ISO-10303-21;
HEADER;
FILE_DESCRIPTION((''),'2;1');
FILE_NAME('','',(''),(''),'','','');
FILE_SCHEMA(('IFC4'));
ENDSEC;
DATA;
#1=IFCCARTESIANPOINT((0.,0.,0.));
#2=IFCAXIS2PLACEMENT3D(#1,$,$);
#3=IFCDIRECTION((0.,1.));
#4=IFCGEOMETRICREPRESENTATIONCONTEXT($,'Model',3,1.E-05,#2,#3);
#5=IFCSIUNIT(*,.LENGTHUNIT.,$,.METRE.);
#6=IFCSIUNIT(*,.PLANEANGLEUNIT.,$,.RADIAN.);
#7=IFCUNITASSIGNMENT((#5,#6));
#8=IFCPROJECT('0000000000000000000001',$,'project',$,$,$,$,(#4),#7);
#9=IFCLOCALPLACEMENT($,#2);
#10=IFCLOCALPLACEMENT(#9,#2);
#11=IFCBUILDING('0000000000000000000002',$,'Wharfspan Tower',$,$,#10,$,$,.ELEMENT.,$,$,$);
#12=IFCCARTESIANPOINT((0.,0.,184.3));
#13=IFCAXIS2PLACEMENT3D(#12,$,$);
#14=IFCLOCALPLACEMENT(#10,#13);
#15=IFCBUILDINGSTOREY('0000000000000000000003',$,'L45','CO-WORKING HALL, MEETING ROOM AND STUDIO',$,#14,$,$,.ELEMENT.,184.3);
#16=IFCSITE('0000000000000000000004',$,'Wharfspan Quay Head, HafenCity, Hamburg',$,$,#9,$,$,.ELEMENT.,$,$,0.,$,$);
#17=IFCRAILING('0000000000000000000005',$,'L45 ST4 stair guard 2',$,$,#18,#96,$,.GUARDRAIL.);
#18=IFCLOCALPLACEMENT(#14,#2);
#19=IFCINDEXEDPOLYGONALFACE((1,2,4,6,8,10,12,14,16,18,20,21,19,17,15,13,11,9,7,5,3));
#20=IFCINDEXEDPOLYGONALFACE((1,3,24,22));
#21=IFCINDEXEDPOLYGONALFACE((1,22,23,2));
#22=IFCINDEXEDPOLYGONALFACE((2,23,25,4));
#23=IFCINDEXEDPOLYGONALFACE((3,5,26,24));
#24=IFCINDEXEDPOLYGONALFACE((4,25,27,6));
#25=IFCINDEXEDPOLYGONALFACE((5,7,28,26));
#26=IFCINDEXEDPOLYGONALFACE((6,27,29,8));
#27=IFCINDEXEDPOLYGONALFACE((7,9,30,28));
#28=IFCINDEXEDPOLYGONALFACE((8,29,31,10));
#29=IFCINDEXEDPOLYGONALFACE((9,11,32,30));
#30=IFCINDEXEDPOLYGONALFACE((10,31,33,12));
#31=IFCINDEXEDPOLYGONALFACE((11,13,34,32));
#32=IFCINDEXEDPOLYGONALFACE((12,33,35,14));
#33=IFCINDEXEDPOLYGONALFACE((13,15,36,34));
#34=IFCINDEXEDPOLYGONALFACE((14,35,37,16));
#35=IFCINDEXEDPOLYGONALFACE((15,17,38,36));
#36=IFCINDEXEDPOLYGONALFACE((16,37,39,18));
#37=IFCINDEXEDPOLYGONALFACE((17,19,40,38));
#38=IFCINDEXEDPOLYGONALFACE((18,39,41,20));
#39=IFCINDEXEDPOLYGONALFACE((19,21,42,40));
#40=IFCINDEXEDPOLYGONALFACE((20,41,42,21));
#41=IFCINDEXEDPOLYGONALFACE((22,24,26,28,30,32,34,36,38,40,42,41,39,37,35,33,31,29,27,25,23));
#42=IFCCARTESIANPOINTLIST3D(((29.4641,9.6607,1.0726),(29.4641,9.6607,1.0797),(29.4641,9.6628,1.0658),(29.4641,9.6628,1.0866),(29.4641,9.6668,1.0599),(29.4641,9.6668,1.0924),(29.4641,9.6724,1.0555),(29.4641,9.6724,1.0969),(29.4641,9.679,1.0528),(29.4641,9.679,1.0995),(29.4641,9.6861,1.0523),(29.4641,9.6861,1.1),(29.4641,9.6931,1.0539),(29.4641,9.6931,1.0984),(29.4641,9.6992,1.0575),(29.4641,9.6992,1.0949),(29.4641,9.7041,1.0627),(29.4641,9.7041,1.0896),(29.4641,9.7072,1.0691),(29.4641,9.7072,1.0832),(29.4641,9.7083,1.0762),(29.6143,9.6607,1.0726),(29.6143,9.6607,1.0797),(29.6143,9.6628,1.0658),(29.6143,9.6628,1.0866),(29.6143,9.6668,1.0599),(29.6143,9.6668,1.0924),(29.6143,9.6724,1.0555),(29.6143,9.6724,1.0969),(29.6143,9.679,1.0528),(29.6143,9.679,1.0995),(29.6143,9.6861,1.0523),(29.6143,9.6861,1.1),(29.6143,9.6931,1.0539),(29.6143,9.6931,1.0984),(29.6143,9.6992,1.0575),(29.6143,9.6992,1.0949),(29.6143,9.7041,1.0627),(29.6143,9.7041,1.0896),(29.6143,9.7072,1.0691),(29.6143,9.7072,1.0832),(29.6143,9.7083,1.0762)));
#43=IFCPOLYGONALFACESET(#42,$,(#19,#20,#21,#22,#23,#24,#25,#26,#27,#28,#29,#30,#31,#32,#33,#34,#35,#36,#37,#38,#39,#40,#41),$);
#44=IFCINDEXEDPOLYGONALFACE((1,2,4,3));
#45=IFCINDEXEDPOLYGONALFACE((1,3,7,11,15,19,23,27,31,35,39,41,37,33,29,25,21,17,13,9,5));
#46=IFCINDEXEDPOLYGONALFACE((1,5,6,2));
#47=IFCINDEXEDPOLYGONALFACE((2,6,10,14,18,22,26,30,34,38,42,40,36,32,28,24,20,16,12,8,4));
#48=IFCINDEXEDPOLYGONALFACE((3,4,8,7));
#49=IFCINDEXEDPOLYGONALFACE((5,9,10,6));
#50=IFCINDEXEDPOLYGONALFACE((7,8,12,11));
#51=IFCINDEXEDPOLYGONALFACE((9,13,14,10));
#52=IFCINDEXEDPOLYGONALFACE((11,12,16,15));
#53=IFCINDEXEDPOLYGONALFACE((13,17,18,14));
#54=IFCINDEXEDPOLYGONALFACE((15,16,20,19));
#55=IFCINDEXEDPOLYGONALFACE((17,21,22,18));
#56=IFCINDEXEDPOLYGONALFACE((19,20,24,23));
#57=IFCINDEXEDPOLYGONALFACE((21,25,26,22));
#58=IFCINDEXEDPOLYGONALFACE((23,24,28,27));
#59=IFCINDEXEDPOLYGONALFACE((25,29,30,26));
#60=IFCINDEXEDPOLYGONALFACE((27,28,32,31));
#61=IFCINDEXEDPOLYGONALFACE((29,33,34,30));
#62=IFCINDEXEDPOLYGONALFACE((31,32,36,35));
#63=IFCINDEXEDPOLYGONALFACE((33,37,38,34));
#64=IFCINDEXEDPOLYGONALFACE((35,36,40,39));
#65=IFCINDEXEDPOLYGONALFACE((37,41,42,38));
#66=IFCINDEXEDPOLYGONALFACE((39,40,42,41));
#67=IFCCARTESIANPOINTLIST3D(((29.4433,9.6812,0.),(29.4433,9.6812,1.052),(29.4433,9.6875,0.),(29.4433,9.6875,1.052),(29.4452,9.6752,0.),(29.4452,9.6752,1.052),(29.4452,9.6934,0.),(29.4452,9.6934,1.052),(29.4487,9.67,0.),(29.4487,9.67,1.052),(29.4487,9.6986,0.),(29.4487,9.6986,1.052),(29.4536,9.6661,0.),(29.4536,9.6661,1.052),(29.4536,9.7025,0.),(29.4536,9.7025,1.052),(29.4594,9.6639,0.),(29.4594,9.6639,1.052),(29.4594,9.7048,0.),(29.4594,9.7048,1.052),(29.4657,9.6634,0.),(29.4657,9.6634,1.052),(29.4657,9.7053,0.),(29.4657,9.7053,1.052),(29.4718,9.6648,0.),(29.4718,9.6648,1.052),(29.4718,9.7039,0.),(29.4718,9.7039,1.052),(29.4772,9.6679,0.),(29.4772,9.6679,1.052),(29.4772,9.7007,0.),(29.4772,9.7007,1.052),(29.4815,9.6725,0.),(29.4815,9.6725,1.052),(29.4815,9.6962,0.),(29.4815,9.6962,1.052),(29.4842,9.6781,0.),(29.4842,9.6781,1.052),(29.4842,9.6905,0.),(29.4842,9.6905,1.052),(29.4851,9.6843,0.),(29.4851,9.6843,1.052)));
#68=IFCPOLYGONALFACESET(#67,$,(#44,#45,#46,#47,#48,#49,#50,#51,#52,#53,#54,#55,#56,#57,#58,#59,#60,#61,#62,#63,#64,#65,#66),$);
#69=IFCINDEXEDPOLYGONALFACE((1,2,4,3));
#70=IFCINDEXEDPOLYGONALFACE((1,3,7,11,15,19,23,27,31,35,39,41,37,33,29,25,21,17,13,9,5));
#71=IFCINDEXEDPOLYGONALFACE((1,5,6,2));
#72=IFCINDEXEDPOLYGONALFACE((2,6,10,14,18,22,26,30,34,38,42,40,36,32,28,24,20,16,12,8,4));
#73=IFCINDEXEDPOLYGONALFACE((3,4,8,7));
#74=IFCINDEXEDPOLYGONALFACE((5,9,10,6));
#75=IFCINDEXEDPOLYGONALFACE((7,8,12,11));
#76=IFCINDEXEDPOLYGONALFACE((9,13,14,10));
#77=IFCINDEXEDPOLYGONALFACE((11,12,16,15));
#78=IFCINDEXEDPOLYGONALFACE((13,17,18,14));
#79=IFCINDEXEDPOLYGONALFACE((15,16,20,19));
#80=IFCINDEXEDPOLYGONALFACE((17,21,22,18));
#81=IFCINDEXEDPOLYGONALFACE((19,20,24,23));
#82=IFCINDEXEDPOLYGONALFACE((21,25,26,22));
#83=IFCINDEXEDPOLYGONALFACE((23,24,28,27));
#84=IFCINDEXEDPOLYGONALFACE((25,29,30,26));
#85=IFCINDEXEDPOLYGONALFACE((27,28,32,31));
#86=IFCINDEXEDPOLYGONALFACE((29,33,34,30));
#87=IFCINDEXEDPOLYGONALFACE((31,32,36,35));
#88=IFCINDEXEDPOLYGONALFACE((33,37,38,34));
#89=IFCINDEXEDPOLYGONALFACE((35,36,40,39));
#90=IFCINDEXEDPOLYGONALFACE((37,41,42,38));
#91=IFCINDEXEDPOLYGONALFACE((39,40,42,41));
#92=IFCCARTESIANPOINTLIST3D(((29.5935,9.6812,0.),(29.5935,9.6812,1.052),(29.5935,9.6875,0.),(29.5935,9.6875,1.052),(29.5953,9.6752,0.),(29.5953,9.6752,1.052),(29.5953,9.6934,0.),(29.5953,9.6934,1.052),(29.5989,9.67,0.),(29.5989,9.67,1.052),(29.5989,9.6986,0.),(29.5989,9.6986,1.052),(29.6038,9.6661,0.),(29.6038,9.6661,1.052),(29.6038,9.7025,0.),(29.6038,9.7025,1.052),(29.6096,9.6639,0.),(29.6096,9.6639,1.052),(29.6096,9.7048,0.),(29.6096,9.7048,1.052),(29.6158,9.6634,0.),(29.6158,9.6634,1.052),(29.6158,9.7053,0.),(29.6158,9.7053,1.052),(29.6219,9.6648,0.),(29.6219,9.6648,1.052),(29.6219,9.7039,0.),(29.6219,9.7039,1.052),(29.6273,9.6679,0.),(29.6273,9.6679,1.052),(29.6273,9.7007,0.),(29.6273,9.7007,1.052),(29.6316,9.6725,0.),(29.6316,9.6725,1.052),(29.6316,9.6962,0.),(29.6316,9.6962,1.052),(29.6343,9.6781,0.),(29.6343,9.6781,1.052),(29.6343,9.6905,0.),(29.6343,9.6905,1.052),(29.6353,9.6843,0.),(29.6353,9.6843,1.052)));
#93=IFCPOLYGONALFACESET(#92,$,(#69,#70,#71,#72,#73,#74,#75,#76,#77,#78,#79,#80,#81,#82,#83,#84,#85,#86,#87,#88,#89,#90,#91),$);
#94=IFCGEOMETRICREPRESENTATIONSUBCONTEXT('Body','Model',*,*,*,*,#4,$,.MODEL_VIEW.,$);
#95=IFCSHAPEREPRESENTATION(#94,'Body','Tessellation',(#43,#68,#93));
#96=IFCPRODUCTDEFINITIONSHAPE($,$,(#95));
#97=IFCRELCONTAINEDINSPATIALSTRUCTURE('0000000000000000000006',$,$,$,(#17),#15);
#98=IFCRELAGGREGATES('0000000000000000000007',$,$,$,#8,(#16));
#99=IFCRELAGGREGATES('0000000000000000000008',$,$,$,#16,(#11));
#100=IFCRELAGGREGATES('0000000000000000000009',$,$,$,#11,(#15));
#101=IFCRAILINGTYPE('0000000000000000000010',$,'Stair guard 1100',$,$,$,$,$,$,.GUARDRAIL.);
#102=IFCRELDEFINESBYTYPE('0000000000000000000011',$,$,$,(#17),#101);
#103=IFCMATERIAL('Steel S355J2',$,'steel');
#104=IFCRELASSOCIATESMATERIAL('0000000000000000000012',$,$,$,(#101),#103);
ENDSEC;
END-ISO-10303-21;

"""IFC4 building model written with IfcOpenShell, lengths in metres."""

from ifc_helpers import new_model, si_unit, direction, frame, origin, origin_2d, place, context, subcontext, project, spatial, circle, extrude, material, type_object, element, save


model = new_model("IFC4")

# Units and contexts
model_context = context("Model", 3, precision=1e-05, world=origin(), true_north=direction((0.0, 1.0)))
body_context = subcontext(model_context, "Body", "Model", "MODEL_VIEW")
ifc_project = project(units=[si_unit("LENGTHUNIT", "METRE"), si_unit("PLANEANGLEUNIT", "RADIAN")], contexts=[model_context])

# Site, building, storey
site_placement = place(None, origin())
site = spatial("IfcSite", under=ifc_project, at=site_placement, Name="Wharfspan Quay Head, HafenCity, Hamburg", CompositionType="ELEMENT", RefElevation=0.0)
building_placement = place(site_placement, origin())
building = spatial("IfcBuilding", under=site, at=building_placement, Name="Wharfspan Tower", CompositionType="ELEMENT")
storey_placement = place(building_placement, frame((0.0, 0.0, 184.3)))
storey = spatial("IfcBuildingStorey", under=building, at=storey_placement, Name="L45", Description="CO-WORKING HALL, MEETING ROOM AND STUDIO", CompositionType="ELEMENT", Elevation=184.3)

# Shared definitions
ifc_material_1 = material(Name="Steel S355J2", Category="steel")

# Railing
railing_type_1 = type_object("IfcRailingType", Name="Stair guard 1100", PredefinedType="GUARDRAIL", material=ifc_material_1)
railing_1_placement = place(storey_placement, frame((29.4641, 9.6843, 0.0)))
element("IfcRailing", 1, at=railing_1_placement, inside=storey, type_object=railing_type_1, Name="L45 ST4 stair guard 2", PredefinedType="GUARDRAIL", context=body_context, shape_type="SweptSolid", body=[
    extrude(circle(Radius=0.0239, at=origin_2d()), frame((0.0, 0.0, 1.0762), z_axis=(1.0, 0.0, 0.0), x_axis=(0.0, 1.0, 0.0)), (0.0, 0.0, 1.0), 0.1501),
    extrude(circle(Radius=0.021, at=origin_2d()), origin(), (0.0, 0.0, 1.0), 1.052),
    extrude(circle(Radius=0.021, at=origin_2d()), frame((0.1501, 0.0, 0.0)), (0.0, 0.0, 1.0), 1.052),
])

save(model, "model.ifc")
